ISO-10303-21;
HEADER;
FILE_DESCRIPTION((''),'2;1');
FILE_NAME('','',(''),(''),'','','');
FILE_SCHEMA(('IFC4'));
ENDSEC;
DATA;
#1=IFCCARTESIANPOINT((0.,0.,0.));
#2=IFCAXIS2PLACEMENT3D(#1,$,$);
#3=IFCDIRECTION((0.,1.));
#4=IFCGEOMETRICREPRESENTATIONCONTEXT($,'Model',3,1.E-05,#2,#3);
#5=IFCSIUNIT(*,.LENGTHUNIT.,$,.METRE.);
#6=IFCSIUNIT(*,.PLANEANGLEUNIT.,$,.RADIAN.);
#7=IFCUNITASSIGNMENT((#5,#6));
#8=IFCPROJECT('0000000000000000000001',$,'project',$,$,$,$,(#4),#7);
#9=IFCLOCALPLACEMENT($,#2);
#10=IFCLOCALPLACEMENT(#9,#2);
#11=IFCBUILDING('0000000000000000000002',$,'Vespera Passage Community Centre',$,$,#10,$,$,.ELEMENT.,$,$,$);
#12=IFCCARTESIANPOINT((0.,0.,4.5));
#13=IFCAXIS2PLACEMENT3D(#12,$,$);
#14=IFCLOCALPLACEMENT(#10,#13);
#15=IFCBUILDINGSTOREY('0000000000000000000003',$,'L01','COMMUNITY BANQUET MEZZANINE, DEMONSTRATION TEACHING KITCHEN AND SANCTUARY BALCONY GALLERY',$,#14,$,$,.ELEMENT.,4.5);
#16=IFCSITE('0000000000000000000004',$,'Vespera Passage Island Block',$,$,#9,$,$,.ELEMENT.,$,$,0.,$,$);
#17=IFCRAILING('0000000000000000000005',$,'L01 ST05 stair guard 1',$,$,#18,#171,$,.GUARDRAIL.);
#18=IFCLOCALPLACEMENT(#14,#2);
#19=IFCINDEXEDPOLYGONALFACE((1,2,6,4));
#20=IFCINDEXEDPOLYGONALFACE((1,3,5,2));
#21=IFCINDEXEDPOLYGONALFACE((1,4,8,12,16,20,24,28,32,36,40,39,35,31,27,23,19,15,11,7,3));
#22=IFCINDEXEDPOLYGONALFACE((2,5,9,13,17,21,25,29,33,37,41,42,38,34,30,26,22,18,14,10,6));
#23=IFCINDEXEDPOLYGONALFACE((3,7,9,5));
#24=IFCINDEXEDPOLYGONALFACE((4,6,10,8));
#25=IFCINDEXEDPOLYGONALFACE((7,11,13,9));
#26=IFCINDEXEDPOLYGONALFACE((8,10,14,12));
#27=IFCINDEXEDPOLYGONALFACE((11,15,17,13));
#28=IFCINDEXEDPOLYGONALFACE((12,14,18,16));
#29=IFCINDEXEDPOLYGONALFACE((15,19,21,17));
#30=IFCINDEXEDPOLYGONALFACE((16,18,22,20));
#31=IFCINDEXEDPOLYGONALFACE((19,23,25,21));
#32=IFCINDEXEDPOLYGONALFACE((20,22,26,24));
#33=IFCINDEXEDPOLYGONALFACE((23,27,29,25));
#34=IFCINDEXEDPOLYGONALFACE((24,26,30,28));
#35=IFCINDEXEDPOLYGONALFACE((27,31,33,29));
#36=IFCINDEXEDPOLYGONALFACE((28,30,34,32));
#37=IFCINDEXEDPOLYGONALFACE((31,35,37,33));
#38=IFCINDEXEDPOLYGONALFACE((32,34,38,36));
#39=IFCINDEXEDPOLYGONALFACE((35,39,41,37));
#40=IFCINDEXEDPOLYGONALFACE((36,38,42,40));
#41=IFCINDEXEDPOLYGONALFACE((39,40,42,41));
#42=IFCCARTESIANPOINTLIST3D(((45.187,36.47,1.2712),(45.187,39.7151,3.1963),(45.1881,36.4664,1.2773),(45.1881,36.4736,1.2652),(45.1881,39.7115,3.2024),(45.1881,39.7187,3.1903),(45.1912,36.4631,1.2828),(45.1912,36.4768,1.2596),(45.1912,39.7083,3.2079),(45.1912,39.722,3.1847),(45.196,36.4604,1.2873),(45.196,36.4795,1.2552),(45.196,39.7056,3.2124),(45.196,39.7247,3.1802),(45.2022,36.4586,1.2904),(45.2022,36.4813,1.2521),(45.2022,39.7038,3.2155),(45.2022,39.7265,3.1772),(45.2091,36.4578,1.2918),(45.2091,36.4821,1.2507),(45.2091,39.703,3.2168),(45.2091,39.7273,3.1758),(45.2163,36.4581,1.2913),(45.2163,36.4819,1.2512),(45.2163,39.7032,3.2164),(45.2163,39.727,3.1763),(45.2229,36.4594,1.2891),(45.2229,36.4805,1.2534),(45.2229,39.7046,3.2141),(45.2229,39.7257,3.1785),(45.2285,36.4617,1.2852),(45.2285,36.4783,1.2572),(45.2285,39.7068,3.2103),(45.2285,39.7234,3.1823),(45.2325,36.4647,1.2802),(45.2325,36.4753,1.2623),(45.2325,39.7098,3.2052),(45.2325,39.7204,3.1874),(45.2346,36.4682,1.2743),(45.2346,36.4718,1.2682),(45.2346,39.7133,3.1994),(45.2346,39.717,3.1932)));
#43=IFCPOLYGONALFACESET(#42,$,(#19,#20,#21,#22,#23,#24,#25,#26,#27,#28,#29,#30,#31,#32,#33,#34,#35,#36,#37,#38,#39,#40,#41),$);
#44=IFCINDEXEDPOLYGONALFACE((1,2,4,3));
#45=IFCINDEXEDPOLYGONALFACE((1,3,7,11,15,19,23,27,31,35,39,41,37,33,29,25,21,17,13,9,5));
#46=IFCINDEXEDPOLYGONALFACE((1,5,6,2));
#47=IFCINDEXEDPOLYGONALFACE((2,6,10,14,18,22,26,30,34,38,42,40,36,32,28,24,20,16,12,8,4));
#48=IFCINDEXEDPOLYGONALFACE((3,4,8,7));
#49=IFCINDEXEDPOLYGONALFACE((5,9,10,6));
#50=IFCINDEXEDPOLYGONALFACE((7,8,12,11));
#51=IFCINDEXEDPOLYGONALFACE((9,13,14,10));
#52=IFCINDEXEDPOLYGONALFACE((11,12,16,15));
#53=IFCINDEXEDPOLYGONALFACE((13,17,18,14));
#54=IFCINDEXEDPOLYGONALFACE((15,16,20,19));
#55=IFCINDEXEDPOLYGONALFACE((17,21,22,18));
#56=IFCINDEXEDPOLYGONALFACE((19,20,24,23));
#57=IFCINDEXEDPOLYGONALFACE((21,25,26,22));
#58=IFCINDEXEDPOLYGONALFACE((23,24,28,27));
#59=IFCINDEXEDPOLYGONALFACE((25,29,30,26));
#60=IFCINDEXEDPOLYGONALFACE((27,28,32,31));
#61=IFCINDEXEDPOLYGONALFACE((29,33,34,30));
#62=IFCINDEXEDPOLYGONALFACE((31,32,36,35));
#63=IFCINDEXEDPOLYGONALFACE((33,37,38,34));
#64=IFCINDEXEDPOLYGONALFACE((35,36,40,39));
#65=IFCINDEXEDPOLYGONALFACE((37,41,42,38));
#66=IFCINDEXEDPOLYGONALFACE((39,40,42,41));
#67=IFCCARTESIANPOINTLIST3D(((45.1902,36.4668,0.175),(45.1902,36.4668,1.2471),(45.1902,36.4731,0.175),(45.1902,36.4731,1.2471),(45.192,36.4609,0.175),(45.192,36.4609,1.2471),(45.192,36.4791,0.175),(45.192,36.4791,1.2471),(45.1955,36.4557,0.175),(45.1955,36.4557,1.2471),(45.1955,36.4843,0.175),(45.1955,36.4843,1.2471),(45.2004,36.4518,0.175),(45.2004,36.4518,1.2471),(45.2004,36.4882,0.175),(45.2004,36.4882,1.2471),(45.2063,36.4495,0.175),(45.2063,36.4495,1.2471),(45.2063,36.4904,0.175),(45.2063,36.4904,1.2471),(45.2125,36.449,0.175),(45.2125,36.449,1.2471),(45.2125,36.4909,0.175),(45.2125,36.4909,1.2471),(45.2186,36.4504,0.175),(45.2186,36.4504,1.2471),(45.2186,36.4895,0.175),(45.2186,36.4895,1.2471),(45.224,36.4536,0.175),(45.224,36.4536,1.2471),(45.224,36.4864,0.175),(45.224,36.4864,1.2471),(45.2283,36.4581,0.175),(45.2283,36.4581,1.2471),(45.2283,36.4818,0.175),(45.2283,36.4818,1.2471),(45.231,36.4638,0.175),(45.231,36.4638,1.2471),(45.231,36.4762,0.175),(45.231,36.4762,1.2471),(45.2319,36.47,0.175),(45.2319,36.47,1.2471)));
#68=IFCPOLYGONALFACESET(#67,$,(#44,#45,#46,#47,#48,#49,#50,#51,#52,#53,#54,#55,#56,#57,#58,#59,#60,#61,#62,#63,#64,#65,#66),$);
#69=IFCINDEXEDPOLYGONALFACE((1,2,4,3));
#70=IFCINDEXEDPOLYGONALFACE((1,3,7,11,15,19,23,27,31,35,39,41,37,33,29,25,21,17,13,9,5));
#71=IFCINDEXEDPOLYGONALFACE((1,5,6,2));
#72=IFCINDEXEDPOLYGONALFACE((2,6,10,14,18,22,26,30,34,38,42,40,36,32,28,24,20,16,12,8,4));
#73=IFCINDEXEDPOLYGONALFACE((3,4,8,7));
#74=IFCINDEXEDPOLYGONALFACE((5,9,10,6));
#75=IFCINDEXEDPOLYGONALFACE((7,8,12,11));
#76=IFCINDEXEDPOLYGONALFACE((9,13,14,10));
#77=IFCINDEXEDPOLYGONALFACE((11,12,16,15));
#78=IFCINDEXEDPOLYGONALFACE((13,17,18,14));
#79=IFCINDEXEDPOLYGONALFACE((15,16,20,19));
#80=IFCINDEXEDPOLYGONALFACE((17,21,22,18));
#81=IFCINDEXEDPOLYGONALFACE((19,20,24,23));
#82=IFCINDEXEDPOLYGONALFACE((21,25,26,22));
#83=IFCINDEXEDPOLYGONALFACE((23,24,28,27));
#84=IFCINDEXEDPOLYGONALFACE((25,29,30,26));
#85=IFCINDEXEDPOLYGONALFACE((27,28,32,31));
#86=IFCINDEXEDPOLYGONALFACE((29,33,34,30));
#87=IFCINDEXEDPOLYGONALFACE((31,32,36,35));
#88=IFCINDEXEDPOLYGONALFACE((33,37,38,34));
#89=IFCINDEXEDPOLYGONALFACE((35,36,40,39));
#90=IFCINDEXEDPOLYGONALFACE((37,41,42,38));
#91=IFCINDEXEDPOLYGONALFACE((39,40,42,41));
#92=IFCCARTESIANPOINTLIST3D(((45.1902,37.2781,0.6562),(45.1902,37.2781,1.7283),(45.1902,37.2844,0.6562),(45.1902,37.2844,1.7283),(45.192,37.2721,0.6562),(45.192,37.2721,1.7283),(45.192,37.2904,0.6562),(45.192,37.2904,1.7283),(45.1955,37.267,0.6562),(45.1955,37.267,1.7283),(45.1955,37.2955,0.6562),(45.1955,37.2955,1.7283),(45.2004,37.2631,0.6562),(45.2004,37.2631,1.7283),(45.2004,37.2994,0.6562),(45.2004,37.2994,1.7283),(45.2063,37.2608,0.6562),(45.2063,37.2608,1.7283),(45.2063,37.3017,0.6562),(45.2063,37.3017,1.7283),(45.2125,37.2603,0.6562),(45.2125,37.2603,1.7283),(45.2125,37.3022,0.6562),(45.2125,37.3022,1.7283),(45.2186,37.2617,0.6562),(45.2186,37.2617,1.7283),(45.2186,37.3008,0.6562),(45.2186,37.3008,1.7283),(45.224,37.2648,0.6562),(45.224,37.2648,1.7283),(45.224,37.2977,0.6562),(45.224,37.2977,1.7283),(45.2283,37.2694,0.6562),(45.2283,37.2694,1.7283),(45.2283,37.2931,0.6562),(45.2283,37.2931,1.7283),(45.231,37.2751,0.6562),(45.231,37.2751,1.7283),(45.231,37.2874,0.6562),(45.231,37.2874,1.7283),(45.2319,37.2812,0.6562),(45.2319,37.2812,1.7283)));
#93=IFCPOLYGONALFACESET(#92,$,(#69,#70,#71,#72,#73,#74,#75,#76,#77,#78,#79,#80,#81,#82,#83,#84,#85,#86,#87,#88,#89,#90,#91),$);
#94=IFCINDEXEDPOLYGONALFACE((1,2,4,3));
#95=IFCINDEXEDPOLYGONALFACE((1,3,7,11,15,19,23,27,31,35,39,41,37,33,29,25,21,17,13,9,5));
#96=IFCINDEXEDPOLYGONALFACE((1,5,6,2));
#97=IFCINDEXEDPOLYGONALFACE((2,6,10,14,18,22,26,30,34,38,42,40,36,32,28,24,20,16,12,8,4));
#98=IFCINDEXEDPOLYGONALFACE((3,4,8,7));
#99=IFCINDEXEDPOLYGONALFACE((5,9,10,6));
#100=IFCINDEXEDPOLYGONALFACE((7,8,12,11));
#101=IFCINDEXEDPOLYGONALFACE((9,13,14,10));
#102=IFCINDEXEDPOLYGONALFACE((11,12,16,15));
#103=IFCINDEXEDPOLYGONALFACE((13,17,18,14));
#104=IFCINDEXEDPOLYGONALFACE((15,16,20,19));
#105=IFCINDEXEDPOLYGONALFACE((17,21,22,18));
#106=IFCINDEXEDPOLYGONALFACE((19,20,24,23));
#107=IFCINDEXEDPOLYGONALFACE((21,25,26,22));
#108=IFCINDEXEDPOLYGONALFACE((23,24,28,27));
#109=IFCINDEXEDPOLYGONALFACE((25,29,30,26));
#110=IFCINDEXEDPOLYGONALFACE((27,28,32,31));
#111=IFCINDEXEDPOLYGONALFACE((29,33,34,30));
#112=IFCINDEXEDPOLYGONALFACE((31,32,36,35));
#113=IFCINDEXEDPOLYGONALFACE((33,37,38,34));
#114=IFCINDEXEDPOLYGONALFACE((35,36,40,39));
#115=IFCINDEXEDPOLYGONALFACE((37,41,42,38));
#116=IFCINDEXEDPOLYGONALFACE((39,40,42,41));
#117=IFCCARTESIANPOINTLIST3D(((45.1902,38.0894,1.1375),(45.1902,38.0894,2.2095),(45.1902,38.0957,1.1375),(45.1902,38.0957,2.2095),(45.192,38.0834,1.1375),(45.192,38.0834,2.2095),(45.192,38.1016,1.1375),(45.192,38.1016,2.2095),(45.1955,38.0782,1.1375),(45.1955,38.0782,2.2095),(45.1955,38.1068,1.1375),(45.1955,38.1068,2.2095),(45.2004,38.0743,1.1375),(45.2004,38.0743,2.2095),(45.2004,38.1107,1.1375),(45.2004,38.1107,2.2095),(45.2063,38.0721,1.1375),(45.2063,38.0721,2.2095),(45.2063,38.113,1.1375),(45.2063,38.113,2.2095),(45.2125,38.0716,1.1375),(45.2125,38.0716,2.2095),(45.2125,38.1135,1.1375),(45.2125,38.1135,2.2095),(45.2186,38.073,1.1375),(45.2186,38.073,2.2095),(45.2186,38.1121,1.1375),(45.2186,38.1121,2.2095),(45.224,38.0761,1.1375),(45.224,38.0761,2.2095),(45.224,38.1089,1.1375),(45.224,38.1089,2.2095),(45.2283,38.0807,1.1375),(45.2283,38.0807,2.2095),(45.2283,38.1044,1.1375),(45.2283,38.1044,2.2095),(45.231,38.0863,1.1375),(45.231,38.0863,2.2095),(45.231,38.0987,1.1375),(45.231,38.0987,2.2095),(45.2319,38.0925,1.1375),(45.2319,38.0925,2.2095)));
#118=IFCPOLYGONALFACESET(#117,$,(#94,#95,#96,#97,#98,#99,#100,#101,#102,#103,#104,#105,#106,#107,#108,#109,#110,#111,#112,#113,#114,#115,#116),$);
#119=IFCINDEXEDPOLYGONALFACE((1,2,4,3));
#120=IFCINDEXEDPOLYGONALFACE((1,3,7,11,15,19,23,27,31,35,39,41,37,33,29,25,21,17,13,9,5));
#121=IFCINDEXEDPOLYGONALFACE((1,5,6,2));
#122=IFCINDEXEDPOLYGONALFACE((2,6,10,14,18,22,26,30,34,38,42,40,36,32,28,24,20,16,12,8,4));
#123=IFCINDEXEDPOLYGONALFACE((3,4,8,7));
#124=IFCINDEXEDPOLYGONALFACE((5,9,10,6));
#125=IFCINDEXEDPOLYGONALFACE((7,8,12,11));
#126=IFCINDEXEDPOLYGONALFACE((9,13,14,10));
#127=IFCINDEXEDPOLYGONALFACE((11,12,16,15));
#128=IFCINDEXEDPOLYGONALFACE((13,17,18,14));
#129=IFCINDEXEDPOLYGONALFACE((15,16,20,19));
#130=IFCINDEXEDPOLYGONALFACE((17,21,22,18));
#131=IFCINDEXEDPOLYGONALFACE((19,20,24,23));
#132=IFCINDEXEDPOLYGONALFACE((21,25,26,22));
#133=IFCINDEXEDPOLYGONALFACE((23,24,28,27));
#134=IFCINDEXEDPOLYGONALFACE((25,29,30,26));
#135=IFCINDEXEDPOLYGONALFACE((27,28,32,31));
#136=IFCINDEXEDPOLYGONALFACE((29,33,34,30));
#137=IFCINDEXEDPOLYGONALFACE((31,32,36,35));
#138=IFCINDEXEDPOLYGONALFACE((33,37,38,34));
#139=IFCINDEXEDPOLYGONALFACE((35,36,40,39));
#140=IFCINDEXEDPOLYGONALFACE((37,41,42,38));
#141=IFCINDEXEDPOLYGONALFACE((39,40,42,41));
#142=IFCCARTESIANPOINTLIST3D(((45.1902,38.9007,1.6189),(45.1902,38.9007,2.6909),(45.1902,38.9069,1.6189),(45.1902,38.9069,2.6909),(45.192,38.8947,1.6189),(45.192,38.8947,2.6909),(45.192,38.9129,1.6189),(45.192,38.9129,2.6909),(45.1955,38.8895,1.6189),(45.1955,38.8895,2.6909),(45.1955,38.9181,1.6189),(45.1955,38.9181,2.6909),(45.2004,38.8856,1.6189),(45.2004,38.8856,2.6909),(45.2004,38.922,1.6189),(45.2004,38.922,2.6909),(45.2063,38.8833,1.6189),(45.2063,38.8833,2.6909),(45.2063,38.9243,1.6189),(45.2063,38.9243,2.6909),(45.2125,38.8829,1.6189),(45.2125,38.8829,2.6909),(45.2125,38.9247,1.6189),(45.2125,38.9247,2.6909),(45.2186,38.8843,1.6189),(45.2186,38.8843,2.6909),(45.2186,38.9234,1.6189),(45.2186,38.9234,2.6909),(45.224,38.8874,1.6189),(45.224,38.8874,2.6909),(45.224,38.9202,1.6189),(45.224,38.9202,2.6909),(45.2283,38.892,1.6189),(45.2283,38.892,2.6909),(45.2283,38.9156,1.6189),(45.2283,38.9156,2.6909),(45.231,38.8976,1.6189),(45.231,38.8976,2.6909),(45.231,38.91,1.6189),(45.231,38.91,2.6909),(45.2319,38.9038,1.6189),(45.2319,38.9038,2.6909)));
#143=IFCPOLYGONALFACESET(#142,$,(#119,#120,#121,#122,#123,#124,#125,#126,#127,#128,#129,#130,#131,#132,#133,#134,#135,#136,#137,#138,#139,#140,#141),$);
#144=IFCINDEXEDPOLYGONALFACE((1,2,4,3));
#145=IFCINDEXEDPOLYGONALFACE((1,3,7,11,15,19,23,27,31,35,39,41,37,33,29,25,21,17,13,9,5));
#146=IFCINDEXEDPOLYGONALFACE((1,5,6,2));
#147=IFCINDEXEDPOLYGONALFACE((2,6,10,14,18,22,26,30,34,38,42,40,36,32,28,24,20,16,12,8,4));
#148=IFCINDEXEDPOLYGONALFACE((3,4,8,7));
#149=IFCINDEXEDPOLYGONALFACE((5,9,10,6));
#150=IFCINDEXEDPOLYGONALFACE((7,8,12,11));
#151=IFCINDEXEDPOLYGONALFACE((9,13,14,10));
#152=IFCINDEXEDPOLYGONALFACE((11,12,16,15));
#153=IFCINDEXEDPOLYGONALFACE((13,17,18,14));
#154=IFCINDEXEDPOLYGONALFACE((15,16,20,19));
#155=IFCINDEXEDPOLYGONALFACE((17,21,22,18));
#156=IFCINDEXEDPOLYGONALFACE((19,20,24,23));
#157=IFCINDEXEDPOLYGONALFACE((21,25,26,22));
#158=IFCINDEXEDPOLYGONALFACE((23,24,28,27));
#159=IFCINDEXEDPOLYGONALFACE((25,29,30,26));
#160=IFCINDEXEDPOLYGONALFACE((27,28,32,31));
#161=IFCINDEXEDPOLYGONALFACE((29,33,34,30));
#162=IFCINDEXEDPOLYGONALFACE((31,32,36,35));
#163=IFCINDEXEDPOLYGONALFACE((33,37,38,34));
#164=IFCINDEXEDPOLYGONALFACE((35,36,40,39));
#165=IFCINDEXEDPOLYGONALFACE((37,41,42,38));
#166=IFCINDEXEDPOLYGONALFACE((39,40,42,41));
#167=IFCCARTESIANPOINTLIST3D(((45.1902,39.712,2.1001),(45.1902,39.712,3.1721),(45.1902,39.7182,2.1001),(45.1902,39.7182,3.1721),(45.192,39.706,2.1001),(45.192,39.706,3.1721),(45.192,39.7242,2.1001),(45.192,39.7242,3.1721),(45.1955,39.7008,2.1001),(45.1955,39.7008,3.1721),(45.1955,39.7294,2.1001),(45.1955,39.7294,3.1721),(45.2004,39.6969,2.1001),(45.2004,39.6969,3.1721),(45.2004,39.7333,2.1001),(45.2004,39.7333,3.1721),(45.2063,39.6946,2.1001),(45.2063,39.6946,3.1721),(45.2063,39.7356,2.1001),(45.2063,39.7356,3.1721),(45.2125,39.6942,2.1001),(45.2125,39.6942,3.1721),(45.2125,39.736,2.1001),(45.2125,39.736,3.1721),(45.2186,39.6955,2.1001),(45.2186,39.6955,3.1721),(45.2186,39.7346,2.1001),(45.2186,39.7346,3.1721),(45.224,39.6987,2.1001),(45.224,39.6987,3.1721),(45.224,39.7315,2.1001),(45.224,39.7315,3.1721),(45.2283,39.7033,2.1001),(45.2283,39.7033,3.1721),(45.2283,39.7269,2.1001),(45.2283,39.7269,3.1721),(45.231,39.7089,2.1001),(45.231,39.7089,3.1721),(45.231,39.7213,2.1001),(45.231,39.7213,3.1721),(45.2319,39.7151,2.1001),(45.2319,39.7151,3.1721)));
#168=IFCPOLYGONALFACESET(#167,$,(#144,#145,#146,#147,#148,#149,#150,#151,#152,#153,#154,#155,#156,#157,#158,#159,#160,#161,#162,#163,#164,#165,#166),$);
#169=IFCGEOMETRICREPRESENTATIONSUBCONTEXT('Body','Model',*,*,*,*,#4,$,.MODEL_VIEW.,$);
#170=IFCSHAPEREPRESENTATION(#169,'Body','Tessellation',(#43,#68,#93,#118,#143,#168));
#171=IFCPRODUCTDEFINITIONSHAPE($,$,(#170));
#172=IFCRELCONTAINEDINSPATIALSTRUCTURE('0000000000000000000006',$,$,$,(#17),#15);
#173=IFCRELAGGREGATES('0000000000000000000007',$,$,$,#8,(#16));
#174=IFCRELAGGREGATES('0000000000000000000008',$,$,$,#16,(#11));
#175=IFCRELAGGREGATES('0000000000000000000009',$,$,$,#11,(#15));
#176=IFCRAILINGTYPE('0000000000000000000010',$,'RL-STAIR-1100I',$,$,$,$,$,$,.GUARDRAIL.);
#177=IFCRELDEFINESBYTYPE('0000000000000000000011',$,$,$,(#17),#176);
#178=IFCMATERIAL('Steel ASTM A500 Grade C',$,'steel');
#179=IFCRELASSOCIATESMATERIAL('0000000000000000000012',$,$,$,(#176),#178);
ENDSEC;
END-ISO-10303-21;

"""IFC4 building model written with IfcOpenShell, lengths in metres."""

from ifc_helpers import new_model, si_unit, direction, frame, origin, origin_2d, place, context, subcontext, project, spatial, circle, extrude, material, type_object, element, save


model = new_model("IFC4")

# Units and contexts
model_context = context("Model", 3, precision=1e-05, world=origin(), true_north=direction((0.0, 1.0)))
body_context = subcontext(model_context, "Body", "Model", "MODEL_VIEW")
ifc_project = project(units=[si_unit("LENGTHUNIT", "METRE"), si_unit("PLANEANGLEUNIT", "RADIAN")], contexts=[model_context])

# Site, building, storey
site_placement = place(None, origin())
site = spatial("IfcSite", under=ifc_project, at=site_placement, Name="Vespera Passage Island Block", CompositionType="ELEMENT", RefElevation=0.0)
building_placement = place(site_placement, origin())
building = spatial("IfcBuilding", under=site, at=building_placement, Name="Vespera Passage Community Centre", CompositionType="ELEMENT")
storey_placement = place(building_placement, frame((0.0, 0.0, 4.5)))
storey = spatial("IfcBuildingStorey", under=building, at=storey_placement, Name="L01", Description="COMMUNITY BANQUET MEZZANINE, DEMONSTRATION TEACHING KITCHEN AND SANCTUARY BALCONY GALLERY", CompositionType="ELEMENT", Elevation=4.5)

# Railing
ifc_material_1 = material(Name="Steel ASTM A500 Grade C", Category="steel")
railing_type_1 = type_object("IfcRailingType", Name="RL-STAIR-1100I", PredefinedType="GUARDRAIL", material=ifc_material_1)
railing_1_placement = place(storey_placement, frame((45.2109, 36.47, 0.175)))
element("IfcRailing", 1, at=railing_1_placement, inside=storey, type_object=railing_type_1, Name="L01 ST05 stair guard 1", PredefinedType="GUARDRAIL", context=body_context, shape_type="SweptSolid", body=[
    extrude(circle(Radius=0.0239, at=origin_2d()), frame((0.0, 0.0, 1.0962), z_axis=(0.0, 0.860057, 0.510198), x_axis=(-1.0, 0.0, 0.0)), (0.0, 0.0, 1.0), 3.7732),
    extrude(circle(Radius=0.021, at=origin_2d()), origin(), (0.0, 0.0, 1.0), 1.072),
    extrude(circle(Radius=0.021, at=origin_2d()), frame((0.0, 0.8113, 0.4812)), (0.0, 0.0, 1.0), 1.072),
    extrude(circle(Radius=0.021, at=origin_2d()), frame((0.0, 1.6226, 0.9624)), (0.0, 0.0, 1.0), 1.072),
    extrude(circle(Radius=0.021, at=origin_2d()), frame((0.0, 2.4338, 1.4438)), (0.0, 0.0, 1.0), 1.072),
    extrude(circle(Radius=0.021, at=origin_2d()), frame((0.0, 3.2451, 1.925)), (0.0, 0.0, 1.0), 1.072),
])

save(model, "model.ifc")
